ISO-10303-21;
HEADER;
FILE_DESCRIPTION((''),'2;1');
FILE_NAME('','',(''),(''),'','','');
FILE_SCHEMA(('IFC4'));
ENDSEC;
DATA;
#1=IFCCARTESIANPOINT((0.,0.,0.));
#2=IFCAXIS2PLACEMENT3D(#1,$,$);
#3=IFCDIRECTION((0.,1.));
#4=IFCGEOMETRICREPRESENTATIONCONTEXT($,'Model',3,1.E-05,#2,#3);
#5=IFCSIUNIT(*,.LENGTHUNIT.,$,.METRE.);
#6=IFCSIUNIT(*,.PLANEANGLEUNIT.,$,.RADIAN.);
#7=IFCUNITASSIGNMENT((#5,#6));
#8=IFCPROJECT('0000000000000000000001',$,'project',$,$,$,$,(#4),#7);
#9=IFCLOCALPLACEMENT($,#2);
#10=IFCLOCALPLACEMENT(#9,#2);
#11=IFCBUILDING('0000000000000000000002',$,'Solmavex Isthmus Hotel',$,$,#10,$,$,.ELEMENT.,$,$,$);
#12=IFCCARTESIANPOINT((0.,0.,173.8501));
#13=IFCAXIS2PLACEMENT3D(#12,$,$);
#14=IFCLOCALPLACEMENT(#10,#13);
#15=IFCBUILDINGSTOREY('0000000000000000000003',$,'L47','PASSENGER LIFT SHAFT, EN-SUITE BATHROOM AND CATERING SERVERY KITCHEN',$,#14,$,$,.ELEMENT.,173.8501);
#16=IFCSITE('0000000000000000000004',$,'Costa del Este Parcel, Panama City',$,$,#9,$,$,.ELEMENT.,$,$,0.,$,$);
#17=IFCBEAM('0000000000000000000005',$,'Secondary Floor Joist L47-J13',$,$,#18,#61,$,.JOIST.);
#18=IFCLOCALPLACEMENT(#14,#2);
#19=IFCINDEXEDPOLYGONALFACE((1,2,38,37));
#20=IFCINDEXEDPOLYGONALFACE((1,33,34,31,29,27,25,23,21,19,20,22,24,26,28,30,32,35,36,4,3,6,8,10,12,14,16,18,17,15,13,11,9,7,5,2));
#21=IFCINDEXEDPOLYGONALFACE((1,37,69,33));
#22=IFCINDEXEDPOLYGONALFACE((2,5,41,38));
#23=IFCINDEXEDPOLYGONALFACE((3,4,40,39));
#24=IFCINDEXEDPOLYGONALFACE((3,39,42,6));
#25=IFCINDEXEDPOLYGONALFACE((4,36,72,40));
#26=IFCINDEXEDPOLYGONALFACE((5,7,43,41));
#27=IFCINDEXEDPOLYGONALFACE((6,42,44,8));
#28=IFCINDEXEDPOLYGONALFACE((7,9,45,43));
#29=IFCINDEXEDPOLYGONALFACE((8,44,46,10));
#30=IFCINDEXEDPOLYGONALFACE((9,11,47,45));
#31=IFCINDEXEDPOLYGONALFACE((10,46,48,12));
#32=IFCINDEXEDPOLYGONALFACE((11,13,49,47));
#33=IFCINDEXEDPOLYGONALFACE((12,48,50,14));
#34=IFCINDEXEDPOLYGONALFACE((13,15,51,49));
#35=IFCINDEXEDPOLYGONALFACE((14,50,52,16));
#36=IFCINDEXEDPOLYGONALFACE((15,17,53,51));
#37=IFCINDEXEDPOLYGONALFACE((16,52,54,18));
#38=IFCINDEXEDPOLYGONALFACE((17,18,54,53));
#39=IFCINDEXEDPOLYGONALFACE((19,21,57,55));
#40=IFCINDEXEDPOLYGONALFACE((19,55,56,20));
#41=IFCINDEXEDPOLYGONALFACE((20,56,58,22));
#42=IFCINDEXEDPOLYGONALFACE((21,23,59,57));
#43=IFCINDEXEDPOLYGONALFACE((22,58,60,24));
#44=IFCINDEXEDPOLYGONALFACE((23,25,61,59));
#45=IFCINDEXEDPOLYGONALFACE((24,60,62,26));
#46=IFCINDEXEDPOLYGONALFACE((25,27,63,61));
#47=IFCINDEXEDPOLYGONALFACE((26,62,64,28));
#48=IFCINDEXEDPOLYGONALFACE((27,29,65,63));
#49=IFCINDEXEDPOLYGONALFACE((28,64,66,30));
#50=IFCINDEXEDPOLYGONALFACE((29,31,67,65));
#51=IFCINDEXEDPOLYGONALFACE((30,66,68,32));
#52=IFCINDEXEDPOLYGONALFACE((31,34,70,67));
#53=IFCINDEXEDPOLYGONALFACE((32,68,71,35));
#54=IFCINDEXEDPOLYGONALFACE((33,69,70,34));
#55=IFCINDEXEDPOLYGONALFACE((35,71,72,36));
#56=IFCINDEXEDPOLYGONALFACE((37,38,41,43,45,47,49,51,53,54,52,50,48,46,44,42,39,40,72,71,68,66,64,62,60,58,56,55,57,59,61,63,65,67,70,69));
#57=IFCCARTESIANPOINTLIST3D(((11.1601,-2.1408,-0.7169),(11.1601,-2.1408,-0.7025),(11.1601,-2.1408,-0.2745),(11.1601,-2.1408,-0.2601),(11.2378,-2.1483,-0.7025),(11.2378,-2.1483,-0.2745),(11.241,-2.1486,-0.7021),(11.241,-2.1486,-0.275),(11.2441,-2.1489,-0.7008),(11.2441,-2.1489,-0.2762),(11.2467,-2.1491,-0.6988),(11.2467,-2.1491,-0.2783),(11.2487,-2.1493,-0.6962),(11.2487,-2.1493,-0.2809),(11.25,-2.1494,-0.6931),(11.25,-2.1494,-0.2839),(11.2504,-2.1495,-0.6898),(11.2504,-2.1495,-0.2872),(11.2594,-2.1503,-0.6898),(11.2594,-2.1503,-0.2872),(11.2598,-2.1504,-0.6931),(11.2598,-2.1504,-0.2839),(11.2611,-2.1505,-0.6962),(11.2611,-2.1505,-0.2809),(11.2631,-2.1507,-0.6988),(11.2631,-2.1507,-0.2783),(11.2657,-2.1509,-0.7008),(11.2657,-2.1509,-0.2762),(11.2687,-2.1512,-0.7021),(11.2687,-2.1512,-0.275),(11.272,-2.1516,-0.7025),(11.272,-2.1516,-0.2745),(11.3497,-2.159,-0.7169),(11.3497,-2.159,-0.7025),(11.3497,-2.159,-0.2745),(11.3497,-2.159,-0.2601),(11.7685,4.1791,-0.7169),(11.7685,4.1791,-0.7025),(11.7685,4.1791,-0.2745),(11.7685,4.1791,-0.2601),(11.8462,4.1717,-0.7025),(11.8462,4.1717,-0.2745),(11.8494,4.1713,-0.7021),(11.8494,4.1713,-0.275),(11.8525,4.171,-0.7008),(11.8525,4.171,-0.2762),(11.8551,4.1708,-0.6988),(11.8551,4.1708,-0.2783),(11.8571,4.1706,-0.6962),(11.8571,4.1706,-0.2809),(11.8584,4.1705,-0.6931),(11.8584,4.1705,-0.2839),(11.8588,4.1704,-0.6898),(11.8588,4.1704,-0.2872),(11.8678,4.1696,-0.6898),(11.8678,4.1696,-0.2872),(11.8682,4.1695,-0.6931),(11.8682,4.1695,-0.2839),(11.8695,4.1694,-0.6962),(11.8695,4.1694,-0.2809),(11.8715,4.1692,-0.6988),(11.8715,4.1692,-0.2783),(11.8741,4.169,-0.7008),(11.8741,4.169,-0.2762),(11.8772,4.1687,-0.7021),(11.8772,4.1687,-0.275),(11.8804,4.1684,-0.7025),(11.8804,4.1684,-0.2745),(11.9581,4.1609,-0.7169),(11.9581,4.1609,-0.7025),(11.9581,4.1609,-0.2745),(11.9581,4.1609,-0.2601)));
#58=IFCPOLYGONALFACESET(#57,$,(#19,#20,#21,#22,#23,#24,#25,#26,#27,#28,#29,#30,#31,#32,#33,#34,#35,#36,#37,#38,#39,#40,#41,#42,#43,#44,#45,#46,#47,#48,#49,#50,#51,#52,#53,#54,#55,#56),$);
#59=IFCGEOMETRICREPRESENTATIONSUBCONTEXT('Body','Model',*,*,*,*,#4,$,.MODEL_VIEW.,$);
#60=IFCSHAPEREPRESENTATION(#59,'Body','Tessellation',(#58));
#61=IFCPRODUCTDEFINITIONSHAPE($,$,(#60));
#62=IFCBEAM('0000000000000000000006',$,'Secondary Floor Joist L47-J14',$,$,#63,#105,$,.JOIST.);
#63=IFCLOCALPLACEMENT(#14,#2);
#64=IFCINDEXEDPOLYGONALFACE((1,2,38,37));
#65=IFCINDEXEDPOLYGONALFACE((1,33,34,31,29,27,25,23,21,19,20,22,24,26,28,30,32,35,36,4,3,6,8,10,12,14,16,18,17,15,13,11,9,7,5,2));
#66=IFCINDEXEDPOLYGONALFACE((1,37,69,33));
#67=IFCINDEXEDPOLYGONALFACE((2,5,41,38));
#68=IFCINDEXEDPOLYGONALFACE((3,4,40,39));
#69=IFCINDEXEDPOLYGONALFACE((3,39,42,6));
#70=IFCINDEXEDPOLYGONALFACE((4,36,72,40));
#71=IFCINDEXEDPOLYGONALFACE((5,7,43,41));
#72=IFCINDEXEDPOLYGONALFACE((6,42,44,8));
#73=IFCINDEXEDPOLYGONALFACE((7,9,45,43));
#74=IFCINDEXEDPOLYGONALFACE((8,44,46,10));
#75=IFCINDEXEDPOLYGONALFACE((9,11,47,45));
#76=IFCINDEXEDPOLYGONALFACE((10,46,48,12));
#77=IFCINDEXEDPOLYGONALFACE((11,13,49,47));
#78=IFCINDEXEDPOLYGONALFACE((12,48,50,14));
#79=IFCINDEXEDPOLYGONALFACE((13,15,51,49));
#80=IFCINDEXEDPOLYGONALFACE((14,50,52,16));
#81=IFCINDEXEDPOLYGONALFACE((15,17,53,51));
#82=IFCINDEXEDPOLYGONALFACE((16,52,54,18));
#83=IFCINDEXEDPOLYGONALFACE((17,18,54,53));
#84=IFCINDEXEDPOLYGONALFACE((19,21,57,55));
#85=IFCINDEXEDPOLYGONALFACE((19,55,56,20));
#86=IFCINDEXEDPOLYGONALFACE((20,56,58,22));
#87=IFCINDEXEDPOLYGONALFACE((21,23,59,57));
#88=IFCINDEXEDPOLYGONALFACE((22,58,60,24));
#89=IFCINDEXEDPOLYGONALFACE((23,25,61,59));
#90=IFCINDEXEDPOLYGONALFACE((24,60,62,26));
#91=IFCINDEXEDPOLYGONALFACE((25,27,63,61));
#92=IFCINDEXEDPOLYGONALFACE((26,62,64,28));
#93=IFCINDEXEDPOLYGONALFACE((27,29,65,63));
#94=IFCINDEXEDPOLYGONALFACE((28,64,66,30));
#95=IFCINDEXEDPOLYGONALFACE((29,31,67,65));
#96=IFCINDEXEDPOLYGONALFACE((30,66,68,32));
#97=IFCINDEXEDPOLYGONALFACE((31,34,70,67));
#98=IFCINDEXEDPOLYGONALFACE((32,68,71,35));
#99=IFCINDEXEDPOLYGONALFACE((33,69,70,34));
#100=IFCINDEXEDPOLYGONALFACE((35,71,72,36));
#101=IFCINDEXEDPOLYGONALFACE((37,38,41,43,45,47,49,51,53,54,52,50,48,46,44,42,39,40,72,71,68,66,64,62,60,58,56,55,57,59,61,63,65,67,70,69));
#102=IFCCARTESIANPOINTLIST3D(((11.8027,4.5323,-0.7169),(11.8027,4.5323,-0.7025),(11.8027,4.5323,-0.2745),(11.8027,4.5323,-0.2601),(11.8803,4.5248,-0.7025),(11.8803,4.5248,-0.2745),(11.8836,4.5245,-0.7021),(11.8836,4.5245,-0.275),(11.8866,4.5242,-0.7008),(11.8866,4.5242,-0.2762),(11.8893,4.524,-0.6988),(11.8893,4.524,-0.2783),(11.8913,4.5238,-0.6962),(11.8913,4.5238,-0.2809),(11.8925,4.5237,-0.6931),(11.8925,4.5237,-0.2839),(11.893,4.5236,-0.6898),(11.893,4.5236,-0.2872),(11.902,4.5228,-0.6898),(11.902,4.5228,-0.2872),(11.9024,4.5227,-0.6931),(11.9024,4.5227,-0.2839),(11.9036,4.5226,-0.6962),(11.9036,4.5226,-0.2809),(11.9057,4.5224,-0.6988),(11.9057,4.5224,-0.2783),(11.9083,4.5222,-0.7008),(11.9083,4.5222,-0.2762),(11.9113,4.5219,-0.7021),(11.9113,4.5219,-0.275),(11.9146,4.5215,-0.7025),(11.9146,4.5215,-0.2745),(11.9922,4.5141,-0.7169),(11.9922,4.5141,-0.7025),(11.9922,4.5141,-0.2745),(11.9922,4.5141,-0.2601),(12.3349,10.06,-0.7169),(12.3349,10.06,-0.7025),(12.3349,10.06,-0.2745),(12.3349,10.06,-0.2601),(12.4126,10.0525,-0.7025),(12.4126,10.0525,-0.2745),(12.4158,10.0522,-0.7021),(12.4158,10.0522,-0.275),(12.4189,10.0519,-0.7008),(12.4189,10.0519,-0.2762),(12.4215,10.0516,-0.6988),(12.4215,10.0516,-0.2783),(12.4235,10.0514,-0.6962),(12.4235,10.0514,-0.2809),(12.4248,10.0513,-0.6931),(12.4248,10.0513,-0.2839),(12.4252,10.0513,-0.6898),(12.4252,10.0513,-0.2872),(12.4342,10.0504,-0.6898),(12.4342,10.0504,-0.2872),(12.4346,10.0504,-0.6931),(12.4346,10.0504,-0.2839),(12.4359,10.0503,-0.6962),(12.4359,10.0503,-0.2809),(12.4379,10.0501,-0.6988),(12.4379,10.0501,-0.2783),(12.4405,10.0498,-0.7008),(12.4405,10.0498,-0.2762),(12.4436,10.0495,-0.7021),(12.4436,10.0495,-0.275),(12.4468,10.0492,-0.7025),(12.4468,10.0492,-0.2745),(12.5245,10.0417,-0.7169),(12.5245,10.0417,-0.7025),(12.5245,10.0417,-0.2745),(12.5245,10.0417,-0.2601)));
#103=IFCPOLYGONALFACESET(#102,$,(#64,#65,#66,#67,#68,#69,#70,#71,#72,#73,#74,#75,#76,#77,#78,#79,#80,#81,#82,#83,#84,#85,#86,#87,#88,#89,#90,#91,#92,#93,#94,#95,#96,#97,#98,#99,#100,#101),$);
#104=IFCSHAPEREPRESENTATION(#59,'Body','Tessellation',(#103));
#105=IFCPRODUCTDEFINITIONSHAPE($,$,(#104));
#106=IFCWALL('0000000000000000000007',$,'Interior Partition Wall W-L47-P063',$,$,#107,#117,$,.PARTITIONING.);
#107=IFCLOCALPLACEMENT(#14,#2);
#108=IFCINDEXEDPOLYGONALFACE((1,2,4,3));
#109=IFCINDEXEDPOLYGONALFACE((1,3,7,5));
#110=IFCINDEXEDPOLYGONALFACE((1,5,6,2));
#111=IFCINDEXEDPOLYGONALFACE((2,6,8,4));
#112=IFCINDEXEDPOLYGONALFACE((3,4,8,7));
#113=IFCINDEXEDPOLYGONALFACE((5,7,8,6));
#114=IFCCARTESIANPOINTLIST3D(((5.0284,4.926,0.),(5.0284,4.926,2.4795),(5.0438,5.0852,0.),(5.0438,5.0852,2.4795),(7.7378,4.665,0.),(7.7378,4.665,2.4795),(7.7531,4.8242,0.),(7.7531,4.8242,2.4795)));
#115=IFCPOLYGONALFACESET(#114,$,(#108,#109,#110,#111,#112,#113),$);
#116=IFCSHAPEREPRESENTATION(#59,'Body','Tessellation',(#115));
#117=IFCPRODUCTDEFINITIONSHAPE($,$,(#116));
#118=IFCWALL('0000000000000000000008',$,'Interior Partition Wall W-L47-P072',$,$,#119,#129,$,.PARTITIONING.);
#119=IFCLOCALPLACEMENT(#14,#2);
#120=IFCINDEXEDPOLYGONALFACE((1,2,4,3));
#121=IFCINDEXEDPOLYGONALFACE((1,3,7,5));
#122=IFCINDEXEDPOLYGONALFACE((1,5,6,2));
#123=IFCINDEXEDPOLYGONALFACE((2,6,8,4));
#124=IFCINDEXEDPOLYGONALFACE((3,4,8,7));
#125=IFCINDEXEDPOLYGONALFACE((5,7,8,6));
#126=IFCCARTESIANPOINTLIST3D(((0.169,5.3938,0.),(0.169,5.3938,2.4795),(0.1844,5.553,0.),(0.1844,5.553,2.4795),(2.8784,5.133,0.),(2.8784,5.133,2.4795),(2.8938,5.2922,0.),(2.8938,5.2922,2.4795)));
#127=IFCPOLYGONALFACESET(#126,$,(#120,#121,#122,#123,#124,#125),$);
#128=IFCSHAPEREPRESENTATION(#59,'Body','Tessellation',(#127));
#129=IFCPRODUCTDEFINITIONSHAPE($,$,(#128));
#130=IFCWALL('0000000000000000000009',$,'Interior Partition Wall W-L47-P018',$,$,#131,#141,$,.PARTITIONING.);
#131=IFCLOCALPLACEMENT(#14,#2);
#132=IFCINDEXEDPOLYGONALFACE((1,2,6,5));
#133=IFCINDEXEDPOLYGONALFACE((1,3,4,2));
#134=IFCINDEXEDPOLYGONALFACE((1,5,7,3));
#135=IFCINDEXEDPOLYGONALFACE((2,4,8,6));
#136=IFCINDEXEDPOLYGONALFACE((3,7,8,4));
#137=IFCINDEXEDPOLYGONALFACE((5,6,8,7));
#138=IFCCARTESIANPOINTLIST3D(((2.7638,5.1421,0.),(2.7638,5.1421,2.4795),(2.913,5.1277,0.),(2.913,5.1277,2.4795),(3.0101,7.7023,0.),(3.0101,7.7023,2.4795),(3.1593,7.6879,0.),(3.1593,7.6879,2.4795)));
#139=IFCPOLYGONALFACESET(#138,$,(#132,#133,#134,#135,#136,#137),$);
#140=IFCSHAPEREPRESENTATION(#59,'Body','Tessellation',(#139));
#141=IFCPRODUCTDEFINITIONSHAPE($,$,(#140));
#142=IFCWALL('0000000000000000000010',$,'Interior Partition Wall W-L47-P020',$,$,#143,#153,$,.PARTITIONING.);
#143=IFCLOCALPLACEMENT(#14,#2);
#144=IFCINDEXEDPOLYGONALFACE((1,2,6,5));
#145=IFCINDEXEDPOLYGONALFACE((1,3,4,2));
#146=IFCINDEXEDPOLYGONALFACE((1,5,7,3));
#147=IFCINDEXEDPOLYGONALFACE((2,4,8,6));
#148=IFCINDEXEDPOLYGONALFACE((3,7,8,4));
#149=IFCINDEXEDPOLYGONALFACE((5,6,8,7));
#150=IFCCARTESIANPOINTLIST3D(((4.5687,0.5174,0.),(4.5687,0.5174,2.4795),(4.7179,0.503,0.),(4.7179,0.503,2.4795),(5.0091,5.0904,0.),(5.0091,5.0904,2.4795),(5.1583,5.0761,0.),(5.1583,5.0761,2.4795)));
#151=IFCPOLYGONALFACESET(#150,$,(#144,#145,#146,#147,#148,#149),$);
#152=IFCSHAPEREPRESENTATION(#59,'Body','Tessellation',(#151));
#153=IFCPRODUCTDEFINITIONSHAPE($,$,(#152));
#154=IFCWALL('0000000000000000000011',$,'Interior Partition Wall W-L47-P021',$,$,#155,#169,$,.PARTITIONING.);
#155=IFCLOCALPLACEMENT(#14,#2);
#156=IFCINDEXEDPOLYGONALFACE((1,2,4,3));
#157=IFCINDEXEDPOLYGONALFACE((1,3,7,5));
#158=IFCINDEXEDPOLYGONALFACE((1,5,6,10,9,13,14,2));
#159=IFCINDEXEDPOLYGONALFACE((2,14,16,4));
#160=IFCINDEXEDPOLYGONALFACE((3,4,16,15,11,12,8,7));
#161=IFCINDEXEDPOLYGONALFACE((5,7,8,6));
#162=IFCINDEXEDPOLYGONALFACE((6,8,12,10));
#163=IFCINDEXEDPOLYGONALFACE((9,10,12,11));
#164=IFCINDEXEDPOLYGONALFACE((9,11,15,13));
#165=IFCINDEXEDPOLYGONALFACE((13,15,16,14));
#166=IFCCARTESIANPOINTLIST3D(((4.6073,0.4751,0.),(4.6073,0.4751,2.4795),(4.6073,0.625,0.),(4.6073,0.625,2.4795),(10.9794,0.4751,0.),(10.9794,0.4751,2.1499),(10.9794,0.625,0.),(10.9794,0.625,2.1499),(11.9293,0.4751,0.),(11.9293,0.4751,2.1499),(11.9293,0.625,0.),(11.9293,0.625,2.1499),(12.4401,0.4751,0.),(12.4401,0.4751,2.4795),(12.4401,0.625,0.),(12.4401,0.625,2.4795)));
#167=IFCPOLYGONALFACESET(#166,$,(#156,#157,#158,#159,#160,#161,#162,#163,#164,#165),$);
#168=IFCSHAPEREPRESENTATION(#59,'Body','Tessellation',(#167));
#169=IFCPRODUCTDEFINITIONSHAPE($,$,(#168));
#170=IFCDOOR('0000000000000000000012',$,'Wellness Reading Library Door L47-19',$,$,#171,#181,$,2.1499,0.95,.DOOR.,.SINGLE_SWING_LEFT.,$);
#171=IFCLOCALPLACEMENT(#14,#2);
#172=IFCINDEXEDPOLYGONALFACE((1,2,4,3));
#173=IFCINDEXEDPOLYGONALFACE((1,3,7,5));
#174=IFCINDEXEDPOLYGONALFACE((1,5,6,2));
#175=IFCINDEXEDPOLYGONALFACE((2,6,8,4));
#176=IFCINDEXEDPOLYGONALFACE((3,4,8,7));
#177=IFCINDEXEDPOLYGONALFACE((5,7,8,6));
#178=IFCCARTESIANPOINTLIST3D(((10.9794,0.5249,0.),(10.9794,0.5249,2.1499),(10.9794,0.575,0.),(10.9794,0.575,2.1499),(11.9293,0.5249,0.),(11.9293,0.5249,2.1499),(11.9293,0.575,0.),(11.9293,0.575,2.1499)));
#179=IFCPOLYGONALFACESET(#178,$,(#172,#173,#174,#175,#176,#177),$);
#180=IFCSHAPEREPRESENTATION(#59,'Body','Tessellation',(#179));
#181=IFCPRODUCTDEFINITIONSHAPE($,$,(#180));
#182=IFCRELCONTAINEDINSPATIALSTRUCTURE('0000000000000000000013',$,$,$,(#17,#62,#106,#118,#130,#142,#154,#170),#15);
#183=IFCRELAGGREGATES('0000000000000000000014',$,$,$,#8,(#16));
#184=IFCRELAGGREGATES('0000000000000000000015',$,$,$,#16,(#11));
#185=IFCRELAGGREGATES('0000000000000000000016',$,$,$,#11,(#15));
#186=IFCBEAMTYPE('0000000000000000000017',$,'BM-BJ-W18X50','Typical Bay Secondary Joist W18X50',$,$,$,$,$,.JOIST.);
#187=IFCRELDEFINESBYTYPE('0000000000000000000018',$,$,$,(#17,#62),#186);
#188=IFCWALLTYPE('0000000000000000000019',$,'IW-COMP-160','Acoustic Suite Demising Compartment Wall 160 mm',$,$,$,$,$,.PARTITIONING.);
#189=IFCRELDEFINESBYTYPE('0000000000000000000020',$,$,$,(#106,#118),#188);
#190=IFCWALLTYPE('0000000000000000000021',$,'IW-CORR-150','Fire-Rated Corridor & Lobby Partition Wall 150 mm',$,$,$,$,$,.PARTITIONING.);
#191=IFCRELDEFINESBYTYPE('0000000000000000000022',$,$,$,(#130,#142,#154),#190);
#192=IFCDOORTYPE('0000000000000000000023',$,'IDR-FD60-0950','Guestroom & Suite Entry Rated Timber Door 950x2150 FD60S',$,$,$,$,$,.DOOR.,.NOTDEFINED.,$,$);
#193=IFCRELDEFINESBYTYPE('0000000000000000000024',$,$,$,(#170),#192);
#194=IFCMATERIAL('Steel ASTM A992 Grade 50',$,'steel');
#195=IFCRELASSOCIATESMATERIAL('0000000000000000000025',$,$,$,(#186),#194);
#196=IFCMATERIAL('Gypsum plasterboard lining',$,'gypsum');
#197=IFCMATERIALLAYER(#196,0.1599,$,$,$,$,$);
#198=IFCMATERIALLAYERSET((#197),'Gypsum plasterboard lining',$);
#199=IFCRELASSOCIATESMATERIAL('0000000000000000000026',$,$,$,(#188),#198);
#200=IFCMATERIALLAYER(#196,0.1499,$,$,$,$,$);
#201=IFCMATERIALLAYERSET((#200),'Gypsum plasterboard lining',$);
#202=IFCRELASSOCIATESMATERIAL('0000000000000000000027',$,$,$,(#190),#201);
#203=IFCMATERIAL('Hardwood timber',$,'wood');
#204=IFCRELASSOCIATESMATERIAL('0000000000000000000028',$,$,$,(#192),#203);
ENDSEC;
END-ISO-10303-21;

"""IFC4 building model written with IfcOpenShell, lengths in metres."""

from ifc_helpers import new_model, si_unit, direction, frame, frame_2d, origin, origin_2d, place, context, subcontext, project, spatial, rectangle, i_section, extrude, material, layer, layer_set, material_profile, profile_set, type_object, element, fill, save


model = new_model("IFC4")

# Units and contexts
model_context = context("Model", 3, precision=1e-05, world=origin(), true_north=direction((0.0, 1.0)))
body_context = subcontext(model_context, "Body", "Model", "MODEL_VIEW")
ifc_project = project(units=[si_unit("LENGTHUNIT", "METRE"), si_unit("PLANEANGLEUNIT", "RADIAN")], contexts=[model_context])

# Site, building, storey
site_placement = place(None, origin())
site = spatial("IfcSite", under=ifc_project, at=site_placement, Name="Costa del Este Parcel, Panama City", CompositionType="ELEMENT", RefElevation=0.0)
building_placement = place(site_placement, origin())
building = spatial("IfcBuilding", under=site, at=building_placement, Name="Solmavex Isthmus Hotel", CompositionType="ELEMENT")
storey_placement = place(building_placement, frame((0.0, 0.0, 173.8501)))
storey = spatial("IfcBuildingStorey", under=building, at=storey_placement, Name="L47", Description="PASSENGER LIFT SHAFT, EN-SUITE BATHROOM AND CATERING SERVERY KITCHEN", CompositionType="ELEMENT", Elevation=173.8501)

# Beams
ifc_material_1 = material(Name="Steel ASTM A992 Grade 50", Category="steel")
ifc_material_profile_1 = material_profile(ifc_material_1, i_section(OverallWidth=0.1904, OverallDepth=0.4568, WebThickness=0.009, FlangeThickness=0.0144, FilletRadius=0.0127, at=origin_2d()), Name="W18X50")
ifc_profile_set_1 = profile_set([ifc_material_profile_1], Name="Steel ASTM A992 Grade 50")
beam_type_1 = type_object("IfcBeamType", Name="BM-BJ-W18X50", Description="Typical Bay Secondary Joist W18X50", PredefinedType="JOIST", material=ifc_profile_set_1)
beam_1_placement = place(storey_placement, frame((11.2549, -2.1499, -0.4885), z_axis=(0.095825, 0.995398, 0.0), x_axis=(-0.995398, 0.095825, 0.0)))
element("IfcBeam", 1, at=beam_1_placement, inside=storey, type_object=beam_type_1, Name="Secondary Floor Joist L47-J13", PredefinedType="JOIST", context=body_context, shape_type="SweptSolid", body=[
    extrude(i_section(OverallWidth=0.1904, OverallDepth=0.4568, WebThickness=0.009, FlangeThickness=0.0144, FilletRadius=0.0127, at=origin_2d()), origin(), (0.0, 0.0, 1.0), 6.3491),
])
beam_2_placement = place(storey_placement, frame((11.8975, 4.5232, -0.4885), z_axis=(0.095842, 0.995397, 0.0), x_axis=(-0.995397, 0.095842, 0.0)))
element("IfcBeam", 2, at=beam_2_placement, inside=storey, type_object=beam_type_1, Name="Secondary Floor Joist L47-J14", PredefinedType="JOIST", context=body_context, shape_type="SweptSolid", body=[
    extrude(i_section(OverallWidth=0.1904, OverallDepth=0.4568, WebThickness=0.009, FlangeThickness=0.0144, FilletRadius=0.0127, at=origin_2d()), origin(), (0.0, 0.0, 1.0), 5.5532),
])

# Walls
ifc_material_2 = material(Name="Gypsum plasterboard lining", Category="gypsum")
ifc_layer_1 = layer(ifc_material_2, 0.1599)
ifc_layer_set_1 = layer_set([ifc_layer_1], Name="Gypsum plasterboard lining")
wall_type_1 = type_object("IfcWallType", Name="IW-COMP-160", Description="Acoustic Suite Demising Compartment Wall 160 mm", PredefinedType="PARTITIONING", material=ifc_layer_set_1)
for number, where, z_axis, x_axis, name in (
    (3, (7.7454, 4.7446, 0.0), (0.0, 0.0, 1.0), (-0.995393, 0.09588, 0.0), "Interior Partition Wall W-L47-P063"),
    (4, (2.886, 5.2126, 0.0), (0.0, 0.0, 1.0), (-0.995401, 0.095791, 0.0), "Interior Partition Wall W-L47-P072"),
):
    element("IfcWall", number, at=place(storey_placement, frame(where, z_axis=z_axis, x_axis=x_axis)), inside=storey, type_object=wall_type_1, Name=name, PredefinedType="PARTITIONING", context=body_context, shape_type="SweptSolid", body=[
        extrude(rectangle(XDim=2.7219, YDim=0.1599, at=frame_2d((1.3608, 0.0))), origin(), (0.0, 0.0, 1.0), 2.4795),
    ])
ifc_layer_2 = layer(ifc_material_2, 0.1499)
ifc_layer_set_2 = layer_set([ifc_layer_2], Name="Gypsum plasterboard lining")
wall_type_2 = type_object("IfcWallType", Name="IW-CORR-150", Description="Fire-Rated Corridor & Lobby Partition Wall 150 mm", PredefinedType="PARTITIONING", material=ifc_layer_set_2)
wall_1_placement = place(storey_placement, frame((2.8384, 5.1348, 0.0), z_axis=(0.0, 0.0, 1.0), x_axis=(0.095772, 0.995403, 0.0)))
element("IfcWall", 5, at=wall_1_placement, inside=storey, type_object=wall_type_2, Name="Interior Partition Wall W-L47-P018", PredefinedType="PARTITIONING", context=body_context, shape_type="SweptSolid", body=[
    extrude(rectangle(XDim=2.572, YDim=0.1499, at=frame_2d((1.2861, 0.0))), origin(), (0.0, 0.0, 1.0), 2.4795),
])
wall_2_placement = place(storey_placement, frame((5.0837, 5.0833, 0.0), z_axis=(0.0, 0.0, 1.0), x_axis=(-0.095867, -0.995394, 0.0)))
element("IfcWall", 6, at=wall_2_placement, inside=storey, type_object=wall_type_2, Name="Interior Partition Wall W-L47-P020", PredefinedType="PARTITIONING", context=body_context, shape_type="SweptSolid", body=[
    extrude(rectangle(XDim=4.5942, YDim=0.1499, at=frame_2d((2.2971, 0.0))), origin(), (0.0, 0.0, 1.0), 2.4795),
])

# Wall, opening, door
wall_3_placement = place(storey_placement, frame((4.6072, 0.55, 0.0), z_axis=(0.0, 0.0, 1.0), x_axis=(1.0, 0.0, 0.0)))
wall_3 = element("IfcWall", 7, at=wall_3_placement, inside=storey, type_object=wall_type_2, Name="Interior Partition Wall W-L47-P021", PredefinedType="PARTITIONING", context=body_context, shape_type="SweptSolid", body=[
    extrude(rectangle(XDim=7.8328, YDim=0.1499, at=frame_2d((3.9165, 0.0))), origin(), (0.0, 0.0, 1.0), 2.4795),
])
opening_placement = place(wall_3_placement, frame((6.3721, 0.0, 0.0)))
opening = element("IfcOpeningElement", 8, at=opening_placement, cuts=wall_3, PredefinedType="OPENING", context=body_context, shape_type="SweptSolid", body=[
    extrude(rectangle(XDim=0.95, YDim=2.1499, at=frame_2d((0.4751, 1.075))), frame((0.0, 0.085, 0.0), z_axis=(0.0, -1.0, 0.0), x_axis=(1.0, 0.0, 0.0)), (0.0, 0.0, 1.0), 0.1699),
])
ifc_material_3 = material(Name="Hardwood timber", Category="wood")
door_type = type_object("IfcDoorType", Name="IDR-FD60-0950", Description="Guestroom & Suite Entry Rated Timber Door 950x2150 FD60S", OperationType="NOTDEFINED", PredefinedType="DOOR", material=ifc_material_3)
door_placement = place(opening_placement, origin())
door = element("IfcDoor", 9, at=door_placement, inside=storey, type_object=door_type, Name="Wellness Reading Library Door L47-19", OperationType="SINGLE_SWING_LEFT", OverallHeight=2.1499, OverallWidth=0.95, PredefinedType="DOOR", context=body_context, shape_type="SweptSolid", body=[
    extrude(rectangle(XDim=0.95, YDim=2.1499, at=frame_2d((0.4751, 1.075))), frame((0.0, 0.0249, 0.0), z_axis=(0.0, -1.0, 0.0), x_axis=(1.0, 0.0, 0.0)), (0.0, 0.0, 1.0), 0.05),
])
fill(opening, door)

save(model, "model.ifc")
